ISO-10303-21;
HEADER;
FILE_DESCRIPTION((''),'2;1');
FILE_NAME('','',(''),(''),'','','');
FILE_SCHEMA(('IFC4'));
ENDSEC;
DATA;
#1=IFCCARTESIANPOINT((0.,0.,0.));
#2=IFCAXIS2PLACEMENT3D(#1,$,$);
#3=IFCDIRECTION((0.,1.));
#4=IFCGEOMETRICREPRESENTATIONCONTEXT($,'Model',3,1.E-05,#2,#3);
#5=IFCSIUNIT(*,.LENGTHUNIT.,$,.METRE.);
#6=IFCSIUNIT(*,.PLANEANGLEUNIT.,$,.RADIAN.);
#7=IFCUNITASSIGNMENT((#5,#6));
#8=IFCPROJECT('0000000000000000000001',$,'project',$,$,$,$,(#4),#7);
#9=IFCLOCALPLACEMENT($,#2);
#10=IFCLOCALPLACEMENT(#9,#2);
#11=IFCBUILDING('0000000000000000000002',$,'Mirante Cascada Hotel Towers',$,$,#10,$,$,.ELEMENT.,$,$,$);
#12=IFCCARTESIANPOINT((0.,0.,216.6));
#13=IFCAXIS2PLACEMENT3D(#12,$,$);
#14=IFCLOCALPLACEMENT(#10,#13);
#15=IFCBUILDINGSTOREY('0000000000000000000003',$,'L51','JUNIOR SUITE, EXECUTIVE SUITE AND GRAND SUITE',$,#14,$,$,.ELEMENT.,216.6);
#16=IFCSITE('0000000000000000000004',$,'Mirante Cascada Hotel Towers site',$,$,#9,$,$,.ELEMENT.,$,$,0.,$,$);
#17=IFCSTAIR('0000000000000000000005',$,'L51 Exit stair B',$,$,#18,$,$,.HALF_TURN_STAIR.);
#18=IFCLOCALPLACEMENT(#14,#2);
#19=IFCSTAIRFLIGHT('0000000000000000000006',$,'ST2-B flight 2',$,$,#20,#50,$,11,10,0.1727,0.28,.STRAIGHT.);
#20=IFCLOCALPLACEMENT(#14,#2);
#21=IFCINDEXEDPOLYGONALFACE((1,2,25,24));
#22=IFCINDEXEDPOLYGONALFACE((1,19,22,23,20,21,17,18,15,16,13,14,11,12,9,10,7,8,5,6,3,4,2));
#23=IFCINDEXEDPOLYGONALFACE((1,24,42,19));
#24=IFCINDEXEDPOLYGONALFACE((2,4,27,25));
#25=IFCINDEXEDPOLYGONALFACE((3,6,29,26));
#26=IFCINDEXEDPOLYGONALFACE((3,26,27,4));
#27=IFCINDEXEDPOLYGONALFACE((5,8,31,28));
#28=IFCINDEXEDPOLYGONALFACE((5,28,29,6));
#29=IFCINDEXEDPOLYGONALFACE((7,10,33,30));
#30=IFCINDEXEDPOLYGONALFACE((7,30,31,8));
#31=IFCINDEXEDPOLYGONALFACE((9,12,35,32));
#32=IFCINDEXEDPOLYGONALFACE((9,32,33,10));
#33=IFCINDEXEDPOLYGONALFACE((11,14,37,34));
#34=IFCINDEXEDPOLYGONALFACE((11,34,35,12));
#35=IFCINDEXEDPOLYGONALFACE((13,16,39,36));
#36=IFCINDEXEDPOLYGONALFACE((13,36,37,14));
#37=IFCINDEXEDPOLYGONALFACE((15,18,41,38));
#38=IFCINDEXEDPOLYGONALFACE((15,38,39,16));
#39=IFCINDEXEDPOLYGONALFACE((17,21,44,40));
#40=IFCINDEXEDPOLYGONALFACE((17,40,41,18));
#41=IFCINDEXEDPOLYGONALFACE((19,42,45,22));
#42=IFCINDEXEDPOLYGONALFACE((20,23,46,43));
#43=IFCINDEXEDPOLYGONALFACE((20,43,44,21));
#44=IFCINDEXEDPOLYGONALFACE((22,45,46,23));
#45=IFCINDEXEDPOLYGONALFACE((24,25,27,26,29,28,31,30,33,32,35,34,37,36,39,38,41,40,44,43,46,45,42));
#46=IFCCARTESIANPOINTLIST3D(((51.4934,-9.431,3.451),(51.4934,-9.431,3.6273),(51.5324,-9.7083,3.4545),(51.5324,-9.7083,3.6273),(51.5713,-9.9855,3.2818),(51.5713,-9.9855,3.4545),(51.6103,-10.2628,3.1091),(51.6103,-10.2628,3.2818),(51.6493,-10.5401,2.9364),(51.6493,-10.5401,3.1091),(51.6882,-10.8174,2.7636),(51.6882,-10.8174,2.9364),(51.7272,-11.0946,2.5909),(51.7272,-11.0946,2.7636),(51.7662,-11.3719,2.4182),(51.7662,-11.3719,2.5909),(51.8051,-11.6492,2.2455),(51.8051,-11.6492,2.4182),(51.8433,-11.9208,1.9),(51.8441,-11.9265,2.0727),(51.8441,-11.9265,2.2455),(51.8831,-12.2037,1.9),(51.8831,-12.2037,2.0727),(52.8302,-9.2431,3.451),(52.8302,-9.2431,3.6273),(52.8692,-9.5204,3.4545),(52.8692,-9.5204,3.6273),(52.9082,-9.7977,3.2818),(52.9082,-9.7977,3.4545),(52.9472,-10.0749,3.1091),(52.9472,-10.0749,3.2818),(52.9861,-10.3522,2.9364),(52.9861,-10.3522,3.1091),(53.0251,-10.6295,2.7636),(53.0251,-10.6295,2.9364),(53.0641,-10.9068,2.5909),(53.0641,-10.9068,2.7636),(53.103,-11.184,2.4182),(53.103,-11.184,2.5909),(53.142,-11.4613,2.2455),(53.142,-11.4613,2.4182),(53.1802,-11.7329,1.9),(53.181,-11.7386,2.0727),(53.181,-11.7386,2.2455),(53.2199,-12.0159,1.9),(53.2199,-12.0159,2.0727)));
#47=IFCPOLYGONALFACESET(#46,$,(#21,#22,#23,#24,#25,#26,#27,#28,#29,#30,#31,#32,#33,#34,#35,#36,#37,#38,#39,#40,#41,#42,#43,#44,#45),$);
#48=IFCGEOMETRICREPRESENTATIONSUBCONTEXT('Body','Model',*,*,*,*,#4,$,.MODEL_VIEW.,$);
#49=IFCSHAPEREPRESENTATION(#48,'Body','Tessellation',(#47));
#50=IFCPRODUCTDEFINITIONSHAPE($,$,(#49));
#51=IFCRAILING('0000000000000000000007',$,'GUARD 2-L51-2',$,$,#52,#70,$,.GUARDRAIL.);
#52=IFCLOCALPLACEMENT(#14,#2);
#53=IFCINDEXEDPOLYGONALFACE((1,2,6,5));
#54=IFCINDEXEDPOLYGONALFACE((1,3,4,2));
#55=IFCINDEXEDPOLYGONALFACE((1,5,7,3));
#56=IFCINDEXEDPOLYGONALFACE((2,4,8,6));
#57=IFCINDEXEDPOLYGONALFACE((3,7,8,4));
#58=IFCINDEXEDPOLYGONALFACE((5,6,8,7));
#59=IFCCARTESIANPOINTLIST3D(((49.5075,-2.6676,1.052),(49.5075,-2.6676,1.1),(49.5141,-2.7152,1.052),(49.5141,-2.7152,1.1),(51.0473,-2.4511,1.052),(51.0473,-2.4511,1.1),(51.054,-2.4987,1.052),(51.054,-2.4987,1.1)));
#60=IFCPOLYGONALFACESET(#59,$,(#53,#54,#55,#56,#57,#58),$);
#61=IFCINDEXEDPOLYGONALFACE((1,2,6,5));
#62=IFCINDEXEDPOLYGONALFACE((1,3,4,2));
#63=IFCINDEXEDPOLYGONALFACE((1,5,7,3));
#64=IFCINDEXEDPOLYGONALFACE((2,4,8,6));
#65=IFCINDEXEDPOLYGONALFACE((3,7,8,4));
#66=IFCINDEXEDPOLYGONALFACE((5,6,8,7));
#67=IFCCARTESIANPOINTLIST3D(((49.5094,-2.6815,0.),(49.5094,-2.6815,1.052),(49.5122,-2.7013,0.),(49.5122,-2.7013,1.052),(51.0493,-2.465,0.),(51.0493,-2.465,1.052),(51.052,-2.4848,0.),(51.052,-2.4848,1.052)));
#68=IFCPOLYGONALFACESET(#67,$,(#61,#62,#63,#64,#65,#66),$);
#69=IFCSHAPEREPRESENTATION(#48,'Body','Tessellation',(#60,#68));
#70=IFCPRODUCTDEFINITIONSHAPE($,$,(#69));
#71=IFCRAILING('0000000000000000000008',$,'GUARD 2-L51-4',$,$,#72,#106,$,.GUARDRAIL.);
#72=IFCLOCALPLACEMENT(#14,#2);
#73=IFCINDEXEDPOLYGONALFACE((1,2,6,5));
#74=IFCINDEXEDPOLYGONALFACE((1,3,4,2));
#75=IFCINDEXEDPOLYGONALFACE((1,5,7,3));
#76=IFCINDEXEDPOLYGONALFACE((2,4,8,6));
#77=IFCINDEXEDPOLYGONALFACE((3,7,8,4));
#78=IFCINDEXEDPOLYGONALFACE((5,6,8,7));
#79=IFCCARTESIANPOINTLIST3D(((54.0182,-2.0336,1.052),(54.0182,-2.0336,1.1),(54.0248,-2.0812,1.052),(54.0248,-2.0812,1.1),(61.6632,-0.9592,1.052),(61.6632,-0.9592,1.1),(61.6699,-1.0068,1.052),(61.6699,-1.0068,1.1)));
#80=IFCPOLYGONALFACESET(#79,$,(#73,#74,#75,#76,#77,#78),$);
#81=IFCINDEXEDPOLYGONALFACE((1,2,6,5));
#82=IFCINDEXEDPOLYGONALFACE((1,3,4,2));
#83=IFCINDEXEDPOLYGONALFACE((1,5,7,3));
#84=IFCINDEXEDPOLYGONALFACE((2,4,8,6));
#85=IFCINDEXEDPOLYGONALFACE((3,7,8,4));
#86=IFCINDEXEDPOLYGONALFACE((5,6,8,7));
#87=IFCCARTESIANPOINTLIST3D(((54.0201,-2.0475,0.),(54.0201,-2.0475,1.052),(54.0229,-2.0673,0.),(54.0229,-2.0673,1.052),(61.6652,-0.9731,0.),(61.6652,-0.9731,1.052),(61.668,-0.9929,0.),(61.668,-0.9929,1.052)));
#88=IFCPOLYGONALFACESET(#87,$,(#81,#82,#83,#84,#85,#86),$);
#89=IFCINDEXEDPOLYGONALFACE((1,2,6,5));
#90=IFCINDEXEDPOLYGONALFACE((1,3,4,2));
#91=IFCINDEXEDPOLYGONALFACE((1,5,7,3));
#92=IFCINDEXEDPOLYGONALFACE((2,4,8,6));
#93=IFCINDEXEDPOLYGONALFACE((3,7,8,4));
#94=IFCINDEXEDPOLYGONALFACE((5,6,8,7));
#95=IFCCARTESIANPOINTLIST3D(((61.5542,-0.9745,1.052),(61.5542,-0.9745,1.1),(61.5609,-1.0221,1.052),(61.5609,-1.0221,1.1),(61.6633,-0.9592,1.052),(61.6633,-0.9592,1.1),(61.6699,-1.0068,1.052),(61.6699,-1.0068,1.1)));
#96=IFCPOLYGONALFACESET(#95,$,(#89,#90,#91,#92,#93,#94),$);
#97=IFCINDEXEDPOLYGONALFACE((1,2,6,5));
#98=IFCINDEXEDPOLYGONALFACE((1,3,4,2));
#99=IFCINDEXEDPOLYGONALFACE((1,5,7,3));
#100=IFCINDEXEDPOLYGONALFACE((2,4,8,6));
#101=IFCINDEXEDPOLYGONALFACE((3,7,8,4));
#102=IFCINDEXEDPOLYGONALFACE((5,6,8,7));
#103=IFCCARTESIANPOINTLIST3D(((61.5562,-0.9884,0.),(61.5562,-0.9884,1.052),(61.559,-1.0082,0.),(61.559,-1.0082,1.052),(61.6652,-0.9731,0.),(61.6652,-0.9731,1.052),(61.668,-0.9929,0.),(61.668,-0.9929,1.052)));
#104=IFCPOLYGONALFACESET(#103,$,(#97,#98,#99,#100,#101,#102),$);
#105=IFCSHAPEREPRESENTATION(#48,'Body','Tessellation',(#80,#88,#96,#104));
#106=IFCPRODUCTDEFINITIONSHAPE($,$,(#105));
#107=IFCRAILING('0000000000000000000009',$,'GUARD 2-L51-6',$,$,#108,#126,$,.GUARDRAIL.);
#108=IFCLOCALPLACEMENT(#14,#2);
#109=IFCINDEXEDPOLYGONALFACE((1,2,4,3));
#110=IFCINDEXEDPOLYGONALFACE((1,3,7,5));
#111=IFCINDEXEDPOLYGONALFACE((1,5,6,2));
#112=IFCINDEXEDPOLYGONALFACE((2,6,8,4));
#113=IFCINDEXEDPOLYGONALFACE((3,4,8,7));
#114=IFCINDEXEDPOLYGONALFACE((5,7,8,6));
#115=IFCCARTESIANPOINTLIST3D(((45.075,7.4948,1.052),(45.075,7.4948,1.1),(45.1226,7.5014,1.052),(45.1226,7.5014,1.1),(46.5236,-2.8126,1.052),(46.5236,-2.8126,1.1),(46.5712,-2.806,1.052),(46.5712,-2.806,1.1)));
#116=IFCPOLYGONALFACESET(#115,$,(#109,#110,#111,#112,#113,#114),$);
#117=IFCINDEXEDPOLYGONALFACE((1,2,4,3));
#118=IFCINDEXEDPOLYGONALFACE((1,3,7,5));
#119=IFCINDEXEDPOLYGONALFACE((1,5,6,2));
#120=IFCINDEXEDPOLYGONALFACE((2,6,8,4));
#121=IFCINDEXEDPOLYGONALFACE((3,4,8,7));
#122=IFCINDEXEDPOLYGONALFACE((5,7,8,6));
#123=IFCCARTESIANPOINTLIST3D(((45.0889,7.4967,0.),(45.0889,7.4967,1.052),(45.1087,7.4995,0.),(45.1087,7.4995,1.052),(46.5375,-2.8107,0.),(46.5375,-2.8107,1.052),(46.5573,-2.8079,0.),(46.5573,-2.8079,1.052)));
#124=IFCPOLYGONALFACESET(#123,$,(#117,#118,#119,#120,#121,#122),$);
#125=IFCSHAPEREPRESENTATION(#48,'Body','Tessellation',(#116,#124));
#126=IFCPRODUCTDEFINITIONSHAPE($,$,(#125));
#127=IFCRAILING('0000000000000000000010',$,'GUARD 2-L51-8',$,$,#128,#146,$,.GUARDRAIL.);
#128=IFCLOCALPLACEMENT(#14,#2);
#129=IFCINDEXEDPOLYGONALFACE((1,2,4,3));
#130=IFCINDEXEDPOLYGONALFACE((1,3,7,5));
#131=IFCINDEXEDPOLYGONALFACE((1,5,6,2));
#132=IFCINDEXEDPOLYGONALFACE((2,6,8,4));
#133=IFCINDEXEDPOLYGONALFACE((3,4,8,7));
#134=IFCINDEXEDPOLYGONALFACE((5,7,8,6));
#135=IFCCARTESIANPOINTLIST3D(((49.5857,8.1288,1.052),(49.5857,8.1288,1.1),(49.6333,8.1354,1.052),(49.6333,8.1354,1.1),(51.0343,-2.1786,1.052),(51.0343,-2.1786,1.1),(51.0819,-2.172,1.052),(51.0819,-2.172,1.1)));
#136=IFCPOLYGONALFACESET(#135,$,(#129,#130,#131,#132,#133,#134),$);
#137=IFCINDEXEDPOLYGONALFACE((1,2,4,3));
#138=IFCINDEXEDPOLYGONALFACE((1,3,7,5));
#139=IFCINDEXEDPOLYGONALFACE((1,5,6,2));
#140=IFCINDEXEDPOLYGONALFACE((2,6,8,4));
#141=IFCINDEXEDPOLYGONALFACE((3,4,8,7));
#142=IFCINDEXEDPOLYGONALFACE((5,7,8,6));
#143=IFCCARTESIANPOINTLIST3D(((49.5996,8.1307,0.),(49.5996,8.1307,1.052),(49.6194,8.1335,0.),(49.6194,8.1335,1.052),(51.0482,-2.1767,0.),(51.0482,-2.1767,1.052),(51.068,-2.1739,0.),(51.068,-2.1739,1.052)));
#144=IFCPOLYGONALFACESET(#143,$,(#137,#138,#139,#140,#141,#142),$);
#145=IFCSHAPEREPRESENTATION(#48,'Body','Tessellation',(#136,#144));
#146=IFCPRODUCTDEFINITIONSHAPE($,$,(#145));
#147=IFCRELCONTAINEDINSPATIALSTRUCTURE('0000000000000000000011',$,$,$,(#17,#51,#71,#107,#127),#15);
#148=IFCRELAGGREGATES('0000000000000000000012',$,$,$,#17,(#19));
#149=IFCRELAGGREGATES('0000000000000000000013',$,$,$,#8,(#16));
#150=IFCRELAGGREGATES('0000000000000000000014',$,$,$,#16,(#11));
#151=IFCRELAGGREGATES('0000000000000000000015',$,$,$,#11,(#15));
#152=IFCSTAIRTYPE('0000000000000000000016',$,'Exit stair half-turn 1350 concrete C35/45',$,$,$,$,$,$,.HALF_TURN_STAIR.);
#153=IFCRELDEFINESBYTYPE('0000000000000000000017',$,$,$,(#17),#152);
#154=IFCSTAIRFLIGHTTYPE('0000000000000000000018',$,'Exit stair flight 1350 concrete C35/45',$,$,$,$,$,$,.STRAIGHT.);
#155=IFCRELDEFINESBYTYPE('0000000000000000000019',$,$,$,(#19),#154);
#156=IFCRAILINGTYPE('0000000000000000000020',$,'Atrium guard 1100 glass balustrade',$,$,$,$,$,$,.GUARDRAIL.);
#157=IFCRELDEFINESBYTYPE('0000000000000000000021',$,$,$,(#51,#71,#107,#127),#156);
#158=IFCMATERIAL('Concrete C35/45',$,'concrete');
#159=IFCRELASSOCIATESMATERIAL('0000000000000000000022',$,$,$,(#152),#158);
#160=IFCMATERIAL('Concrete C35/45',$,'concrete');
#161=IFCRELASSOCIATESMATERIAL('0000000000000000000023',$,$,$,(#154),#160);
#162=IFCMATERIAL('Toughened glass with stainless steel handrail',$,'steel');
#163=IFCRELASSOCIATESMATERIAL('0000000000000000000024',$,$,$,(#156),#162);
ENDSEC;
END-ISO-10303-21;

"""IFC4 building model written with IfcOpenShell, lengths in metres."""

from ifc_helpers import new_model, si_unit, direction, frame, origin, origin_2d, place, context, subcontext, project, spatial, polyline, rectangle, outline, extrude, material, type_object, element, aggregate, save


model = new_model("IFC4")

# Units and contexts
model_context = context("Model", 3, precision=1e-05, world=origin(), true_north=direction((0.0, 1.0)))
body_context = subcontext(model_context, "Body", "Model", "MODEL_VIEW")
ifc_project = project(units=[si_unit("LENGTHUNIT", "METRE"), si_unit("PLANEANGLEUNIT", "RADIAN")], contexts=[model_context])

# Site, building, storey
site_placement = place(None, origin())
site = spatial("IfcSite", under=ifc_project, at=site_placement, Name="Mirante Cascada Hotel Towers site", CompositionType="ELEMENT", RefElevation=0.0)
building_placement = place(site_placement, origin())
building = spatial("IfcBuilding", under=site, at=building_placement, Name="Mirante Cascada Hotel Towers", CompositionType="ELEMENT")
storey_placement = place(building_placement, frame((0.0, 0.0, 216.6)))
storey = spatial("IfcBuildingStorey", under=building, at=storey_placement, Name="L51", Description="JUNIOR SUITE, EXECUTIVE SUITE AND GRAND SUITE", CompositionType="ELEMENT", Elevation=216.6)

# Stair, stair flight
ifc_material_1 = material(Name="Concrete C35/45", Category="concrete")
stair_type = type_object("IfcStairType", Name="Exit stair half-turn 1350 concrete C35/45", PredefinedType="HALF_TURN_STAIR", material=ifc_material_1)
stair_placement = place(storey_placement, origin())
stair = element("IfcStair", 1, at=stair_placement, inside=storey, type_object=stair_type, Name="L51 Exit stair B", PredefinedType="HALF_TURN_STAIR")
ifc_material_2 = material(Name="Concrete C35/45", Category="concrete")
stair_flight_type = type_object("IfcStairFlightType", Name="Exit stair flight 1350 concrete C35/45", PredefinedType="STRAIGHT", material=ifc_material_2)
stair_flight_1_placement = place(storey_placement, frame((52.5515, -12.1098, 1.9), z_axis=(0.0, 0.0, 1.0), x_axis=(-0.139173, 0.990268, 0.0)))
stair_flight_1 = element("IfcStairFlight", 2, at=stair_flight_1_placement, type_object=stair_flight_type, Name="ST2-B flight 2", NumberOfRisers=11, NumberOfTreads=10, PredefinedType="STRAIGHT", RiserHeight=0.1727, TreadLength=0.28, context=body_context, shape_type="SweptSolid", body=[
    extrude(outline(polyline([(0.0, 0.0), (0.0, 0.1727), (0.28, 0.1727), (0.28, 0.3455), (0.56, 0.3455), (0.56, 0.5182), (0.84, 0.5182), (0.84, 0.6909), (1.12, 0.6909), (1.12, 0.8636), (1.4, 0.8636), (1.4, 1.0364), (1.68, 1.0364), (1.68, 1.2091), (1.96, 1.2091), (1.96, 1.3818), (2.24, 1.3818), (2.24, 1.5545), (2.52, 1.5545), (2.52, 1.7273), (2.8, 1.7273), (2.8, 1.9), (2.8, 1.551), (0.2857, 0.0), (0.0, 0.0)])), frame((0.0, 0.675, 0.0), z_axis=(0.0, -1.0, 0.0), x_axis=(1.0, 0.0, 0.0)), (0.0, 0.0, 1.0), 1.35),
])
aggregate(stair, [stair_flight_1])

# Railings
ifc_material_3 = material(Name="Toughened glass with stainless steel handrail", Category="steel")
railing_type_1 = type_object("IfcRailingType", Name="Atrium guard 1100 glass balustrade", PredefinedType="GUARDRAIL", material=ifc_material_3)
railing_1_placement = place(storey_placement, frame((49.5108, -2.6914, 0.0)))
element("IfcRailing", 3, at=railing_1_placement, inside=storey, type_object=railing_type_1, Name="GUARD 2-L51-2", PredefinedType="GUARDRAIL", context=body_context, shape_type="SweptSolid", body=[
    extrude(rectangle(XDim=0.048, YDim=0.048, at=origin_2d()), frame((0.0, 0.0, 1.076), z_axis=(0.990261, 0.139224, 0.0), x_axis=(-0.139224, 0.990261, 0.0)), (0.0, 0.0, 1.0), 1.555),
    extrude(rectangle(XDim=0.02, YDim=1.052, at=origin_2d()), frame((0.0, 0.0, 0.526), z_axis=(0.990261, 0.139224, 0.0), x_axis=(-0.139224, 0.990261, 0.0)), (0.0, 0.0, 1.0), 1.555),
])
railing_2_placement = place(storey_placement, frame((54.0215, -2.0574, 0.0)))
element("IfcRailing", 4, at=railing_2_placement, inside=storey, type_object=railing_type_1, Name="GUARD 2-L51-4", PredefinedType="GUARDRAIL", context=body_context, shape_type="SweptSolid", body=[
    extrude(rectangle(XDim=0.048, YDim=0.048, at=origin_2d()), frame((0.0, 0.0, 1.076), z_axis=(0.990269, 0.139167, 0.0), x_axis=(-0.139167, 0.990269, 0.0)), (0.0, 0.0, 1.0), 7.7202),
    extrude(rectangle(XDim=0.02, YDim=1.052, at=origin_2d()), frame((0.0, 0.0, 0.526), z_axis=(0.990269, 0.139167, 0.0), x_axis=(-0.139167, 0.990269, 0.0)), (0.0, 0.0, 1.0), 7.7202),
    extrude(rectangle(XDim=0.048, YDim=0.048, at=origin_2d()), frame((7.6451, 1.0744, 1.076), z_axis=(-0.990292, -0.139004, 0.0), x_axis=(0.139004, -0.990292, 0.0)), (0.0, 0.0, 1.0), 0.1101),
    extrude(rectangle(XDim=0.02, YDim=1.052, at=origin_2d()), frame((7.6451, 1.0744, 0.526), z_axis=(-0.990292, -0.139004, 0.0), x_axis=(0.139004, -0.990292, 0.0)), (0.0, 0.0, 1.0), 0.1101),
])
for number, where, name in (
    (5, (46.5474, -2.8093, 0.0), "GUARD 2-L51-6"),
    (6, (51.0581, -2.1753, 0.0), "GUARD 2-L51-8"),
):
    element("IfcRailing", number, at=place(storey_placement, frame(where)), inside=storey, type_object=railing_type_1, Name=name, PredefinedType="GUARDRAIL", context=body_context, shape_type="SweptSolid", body=[
        extrude(rectangle(XDim=0.048, YDim=0.048, at=origin_2d()), frame((0.0, 0.0, 1.076), z_axis=(-0.139172, 0.990268, 0.0), x_axis=(-0.990268, -0.139172, 0.0)), (0.0, 0.0, 1.0), 10.4087),
        extrude(rectangle(XDim=0.02, YDim=1.052, at=origin_2d()), frame((0.0, 0.0, 0.526), z_axis=(-0.139172, 0.990268, 0.0), x_axis=(-0.990268, -0.139172, 0.0)), (0.0, 0.0, 1.0), 10.4087),
    ])

save(model, "model.ifc")
